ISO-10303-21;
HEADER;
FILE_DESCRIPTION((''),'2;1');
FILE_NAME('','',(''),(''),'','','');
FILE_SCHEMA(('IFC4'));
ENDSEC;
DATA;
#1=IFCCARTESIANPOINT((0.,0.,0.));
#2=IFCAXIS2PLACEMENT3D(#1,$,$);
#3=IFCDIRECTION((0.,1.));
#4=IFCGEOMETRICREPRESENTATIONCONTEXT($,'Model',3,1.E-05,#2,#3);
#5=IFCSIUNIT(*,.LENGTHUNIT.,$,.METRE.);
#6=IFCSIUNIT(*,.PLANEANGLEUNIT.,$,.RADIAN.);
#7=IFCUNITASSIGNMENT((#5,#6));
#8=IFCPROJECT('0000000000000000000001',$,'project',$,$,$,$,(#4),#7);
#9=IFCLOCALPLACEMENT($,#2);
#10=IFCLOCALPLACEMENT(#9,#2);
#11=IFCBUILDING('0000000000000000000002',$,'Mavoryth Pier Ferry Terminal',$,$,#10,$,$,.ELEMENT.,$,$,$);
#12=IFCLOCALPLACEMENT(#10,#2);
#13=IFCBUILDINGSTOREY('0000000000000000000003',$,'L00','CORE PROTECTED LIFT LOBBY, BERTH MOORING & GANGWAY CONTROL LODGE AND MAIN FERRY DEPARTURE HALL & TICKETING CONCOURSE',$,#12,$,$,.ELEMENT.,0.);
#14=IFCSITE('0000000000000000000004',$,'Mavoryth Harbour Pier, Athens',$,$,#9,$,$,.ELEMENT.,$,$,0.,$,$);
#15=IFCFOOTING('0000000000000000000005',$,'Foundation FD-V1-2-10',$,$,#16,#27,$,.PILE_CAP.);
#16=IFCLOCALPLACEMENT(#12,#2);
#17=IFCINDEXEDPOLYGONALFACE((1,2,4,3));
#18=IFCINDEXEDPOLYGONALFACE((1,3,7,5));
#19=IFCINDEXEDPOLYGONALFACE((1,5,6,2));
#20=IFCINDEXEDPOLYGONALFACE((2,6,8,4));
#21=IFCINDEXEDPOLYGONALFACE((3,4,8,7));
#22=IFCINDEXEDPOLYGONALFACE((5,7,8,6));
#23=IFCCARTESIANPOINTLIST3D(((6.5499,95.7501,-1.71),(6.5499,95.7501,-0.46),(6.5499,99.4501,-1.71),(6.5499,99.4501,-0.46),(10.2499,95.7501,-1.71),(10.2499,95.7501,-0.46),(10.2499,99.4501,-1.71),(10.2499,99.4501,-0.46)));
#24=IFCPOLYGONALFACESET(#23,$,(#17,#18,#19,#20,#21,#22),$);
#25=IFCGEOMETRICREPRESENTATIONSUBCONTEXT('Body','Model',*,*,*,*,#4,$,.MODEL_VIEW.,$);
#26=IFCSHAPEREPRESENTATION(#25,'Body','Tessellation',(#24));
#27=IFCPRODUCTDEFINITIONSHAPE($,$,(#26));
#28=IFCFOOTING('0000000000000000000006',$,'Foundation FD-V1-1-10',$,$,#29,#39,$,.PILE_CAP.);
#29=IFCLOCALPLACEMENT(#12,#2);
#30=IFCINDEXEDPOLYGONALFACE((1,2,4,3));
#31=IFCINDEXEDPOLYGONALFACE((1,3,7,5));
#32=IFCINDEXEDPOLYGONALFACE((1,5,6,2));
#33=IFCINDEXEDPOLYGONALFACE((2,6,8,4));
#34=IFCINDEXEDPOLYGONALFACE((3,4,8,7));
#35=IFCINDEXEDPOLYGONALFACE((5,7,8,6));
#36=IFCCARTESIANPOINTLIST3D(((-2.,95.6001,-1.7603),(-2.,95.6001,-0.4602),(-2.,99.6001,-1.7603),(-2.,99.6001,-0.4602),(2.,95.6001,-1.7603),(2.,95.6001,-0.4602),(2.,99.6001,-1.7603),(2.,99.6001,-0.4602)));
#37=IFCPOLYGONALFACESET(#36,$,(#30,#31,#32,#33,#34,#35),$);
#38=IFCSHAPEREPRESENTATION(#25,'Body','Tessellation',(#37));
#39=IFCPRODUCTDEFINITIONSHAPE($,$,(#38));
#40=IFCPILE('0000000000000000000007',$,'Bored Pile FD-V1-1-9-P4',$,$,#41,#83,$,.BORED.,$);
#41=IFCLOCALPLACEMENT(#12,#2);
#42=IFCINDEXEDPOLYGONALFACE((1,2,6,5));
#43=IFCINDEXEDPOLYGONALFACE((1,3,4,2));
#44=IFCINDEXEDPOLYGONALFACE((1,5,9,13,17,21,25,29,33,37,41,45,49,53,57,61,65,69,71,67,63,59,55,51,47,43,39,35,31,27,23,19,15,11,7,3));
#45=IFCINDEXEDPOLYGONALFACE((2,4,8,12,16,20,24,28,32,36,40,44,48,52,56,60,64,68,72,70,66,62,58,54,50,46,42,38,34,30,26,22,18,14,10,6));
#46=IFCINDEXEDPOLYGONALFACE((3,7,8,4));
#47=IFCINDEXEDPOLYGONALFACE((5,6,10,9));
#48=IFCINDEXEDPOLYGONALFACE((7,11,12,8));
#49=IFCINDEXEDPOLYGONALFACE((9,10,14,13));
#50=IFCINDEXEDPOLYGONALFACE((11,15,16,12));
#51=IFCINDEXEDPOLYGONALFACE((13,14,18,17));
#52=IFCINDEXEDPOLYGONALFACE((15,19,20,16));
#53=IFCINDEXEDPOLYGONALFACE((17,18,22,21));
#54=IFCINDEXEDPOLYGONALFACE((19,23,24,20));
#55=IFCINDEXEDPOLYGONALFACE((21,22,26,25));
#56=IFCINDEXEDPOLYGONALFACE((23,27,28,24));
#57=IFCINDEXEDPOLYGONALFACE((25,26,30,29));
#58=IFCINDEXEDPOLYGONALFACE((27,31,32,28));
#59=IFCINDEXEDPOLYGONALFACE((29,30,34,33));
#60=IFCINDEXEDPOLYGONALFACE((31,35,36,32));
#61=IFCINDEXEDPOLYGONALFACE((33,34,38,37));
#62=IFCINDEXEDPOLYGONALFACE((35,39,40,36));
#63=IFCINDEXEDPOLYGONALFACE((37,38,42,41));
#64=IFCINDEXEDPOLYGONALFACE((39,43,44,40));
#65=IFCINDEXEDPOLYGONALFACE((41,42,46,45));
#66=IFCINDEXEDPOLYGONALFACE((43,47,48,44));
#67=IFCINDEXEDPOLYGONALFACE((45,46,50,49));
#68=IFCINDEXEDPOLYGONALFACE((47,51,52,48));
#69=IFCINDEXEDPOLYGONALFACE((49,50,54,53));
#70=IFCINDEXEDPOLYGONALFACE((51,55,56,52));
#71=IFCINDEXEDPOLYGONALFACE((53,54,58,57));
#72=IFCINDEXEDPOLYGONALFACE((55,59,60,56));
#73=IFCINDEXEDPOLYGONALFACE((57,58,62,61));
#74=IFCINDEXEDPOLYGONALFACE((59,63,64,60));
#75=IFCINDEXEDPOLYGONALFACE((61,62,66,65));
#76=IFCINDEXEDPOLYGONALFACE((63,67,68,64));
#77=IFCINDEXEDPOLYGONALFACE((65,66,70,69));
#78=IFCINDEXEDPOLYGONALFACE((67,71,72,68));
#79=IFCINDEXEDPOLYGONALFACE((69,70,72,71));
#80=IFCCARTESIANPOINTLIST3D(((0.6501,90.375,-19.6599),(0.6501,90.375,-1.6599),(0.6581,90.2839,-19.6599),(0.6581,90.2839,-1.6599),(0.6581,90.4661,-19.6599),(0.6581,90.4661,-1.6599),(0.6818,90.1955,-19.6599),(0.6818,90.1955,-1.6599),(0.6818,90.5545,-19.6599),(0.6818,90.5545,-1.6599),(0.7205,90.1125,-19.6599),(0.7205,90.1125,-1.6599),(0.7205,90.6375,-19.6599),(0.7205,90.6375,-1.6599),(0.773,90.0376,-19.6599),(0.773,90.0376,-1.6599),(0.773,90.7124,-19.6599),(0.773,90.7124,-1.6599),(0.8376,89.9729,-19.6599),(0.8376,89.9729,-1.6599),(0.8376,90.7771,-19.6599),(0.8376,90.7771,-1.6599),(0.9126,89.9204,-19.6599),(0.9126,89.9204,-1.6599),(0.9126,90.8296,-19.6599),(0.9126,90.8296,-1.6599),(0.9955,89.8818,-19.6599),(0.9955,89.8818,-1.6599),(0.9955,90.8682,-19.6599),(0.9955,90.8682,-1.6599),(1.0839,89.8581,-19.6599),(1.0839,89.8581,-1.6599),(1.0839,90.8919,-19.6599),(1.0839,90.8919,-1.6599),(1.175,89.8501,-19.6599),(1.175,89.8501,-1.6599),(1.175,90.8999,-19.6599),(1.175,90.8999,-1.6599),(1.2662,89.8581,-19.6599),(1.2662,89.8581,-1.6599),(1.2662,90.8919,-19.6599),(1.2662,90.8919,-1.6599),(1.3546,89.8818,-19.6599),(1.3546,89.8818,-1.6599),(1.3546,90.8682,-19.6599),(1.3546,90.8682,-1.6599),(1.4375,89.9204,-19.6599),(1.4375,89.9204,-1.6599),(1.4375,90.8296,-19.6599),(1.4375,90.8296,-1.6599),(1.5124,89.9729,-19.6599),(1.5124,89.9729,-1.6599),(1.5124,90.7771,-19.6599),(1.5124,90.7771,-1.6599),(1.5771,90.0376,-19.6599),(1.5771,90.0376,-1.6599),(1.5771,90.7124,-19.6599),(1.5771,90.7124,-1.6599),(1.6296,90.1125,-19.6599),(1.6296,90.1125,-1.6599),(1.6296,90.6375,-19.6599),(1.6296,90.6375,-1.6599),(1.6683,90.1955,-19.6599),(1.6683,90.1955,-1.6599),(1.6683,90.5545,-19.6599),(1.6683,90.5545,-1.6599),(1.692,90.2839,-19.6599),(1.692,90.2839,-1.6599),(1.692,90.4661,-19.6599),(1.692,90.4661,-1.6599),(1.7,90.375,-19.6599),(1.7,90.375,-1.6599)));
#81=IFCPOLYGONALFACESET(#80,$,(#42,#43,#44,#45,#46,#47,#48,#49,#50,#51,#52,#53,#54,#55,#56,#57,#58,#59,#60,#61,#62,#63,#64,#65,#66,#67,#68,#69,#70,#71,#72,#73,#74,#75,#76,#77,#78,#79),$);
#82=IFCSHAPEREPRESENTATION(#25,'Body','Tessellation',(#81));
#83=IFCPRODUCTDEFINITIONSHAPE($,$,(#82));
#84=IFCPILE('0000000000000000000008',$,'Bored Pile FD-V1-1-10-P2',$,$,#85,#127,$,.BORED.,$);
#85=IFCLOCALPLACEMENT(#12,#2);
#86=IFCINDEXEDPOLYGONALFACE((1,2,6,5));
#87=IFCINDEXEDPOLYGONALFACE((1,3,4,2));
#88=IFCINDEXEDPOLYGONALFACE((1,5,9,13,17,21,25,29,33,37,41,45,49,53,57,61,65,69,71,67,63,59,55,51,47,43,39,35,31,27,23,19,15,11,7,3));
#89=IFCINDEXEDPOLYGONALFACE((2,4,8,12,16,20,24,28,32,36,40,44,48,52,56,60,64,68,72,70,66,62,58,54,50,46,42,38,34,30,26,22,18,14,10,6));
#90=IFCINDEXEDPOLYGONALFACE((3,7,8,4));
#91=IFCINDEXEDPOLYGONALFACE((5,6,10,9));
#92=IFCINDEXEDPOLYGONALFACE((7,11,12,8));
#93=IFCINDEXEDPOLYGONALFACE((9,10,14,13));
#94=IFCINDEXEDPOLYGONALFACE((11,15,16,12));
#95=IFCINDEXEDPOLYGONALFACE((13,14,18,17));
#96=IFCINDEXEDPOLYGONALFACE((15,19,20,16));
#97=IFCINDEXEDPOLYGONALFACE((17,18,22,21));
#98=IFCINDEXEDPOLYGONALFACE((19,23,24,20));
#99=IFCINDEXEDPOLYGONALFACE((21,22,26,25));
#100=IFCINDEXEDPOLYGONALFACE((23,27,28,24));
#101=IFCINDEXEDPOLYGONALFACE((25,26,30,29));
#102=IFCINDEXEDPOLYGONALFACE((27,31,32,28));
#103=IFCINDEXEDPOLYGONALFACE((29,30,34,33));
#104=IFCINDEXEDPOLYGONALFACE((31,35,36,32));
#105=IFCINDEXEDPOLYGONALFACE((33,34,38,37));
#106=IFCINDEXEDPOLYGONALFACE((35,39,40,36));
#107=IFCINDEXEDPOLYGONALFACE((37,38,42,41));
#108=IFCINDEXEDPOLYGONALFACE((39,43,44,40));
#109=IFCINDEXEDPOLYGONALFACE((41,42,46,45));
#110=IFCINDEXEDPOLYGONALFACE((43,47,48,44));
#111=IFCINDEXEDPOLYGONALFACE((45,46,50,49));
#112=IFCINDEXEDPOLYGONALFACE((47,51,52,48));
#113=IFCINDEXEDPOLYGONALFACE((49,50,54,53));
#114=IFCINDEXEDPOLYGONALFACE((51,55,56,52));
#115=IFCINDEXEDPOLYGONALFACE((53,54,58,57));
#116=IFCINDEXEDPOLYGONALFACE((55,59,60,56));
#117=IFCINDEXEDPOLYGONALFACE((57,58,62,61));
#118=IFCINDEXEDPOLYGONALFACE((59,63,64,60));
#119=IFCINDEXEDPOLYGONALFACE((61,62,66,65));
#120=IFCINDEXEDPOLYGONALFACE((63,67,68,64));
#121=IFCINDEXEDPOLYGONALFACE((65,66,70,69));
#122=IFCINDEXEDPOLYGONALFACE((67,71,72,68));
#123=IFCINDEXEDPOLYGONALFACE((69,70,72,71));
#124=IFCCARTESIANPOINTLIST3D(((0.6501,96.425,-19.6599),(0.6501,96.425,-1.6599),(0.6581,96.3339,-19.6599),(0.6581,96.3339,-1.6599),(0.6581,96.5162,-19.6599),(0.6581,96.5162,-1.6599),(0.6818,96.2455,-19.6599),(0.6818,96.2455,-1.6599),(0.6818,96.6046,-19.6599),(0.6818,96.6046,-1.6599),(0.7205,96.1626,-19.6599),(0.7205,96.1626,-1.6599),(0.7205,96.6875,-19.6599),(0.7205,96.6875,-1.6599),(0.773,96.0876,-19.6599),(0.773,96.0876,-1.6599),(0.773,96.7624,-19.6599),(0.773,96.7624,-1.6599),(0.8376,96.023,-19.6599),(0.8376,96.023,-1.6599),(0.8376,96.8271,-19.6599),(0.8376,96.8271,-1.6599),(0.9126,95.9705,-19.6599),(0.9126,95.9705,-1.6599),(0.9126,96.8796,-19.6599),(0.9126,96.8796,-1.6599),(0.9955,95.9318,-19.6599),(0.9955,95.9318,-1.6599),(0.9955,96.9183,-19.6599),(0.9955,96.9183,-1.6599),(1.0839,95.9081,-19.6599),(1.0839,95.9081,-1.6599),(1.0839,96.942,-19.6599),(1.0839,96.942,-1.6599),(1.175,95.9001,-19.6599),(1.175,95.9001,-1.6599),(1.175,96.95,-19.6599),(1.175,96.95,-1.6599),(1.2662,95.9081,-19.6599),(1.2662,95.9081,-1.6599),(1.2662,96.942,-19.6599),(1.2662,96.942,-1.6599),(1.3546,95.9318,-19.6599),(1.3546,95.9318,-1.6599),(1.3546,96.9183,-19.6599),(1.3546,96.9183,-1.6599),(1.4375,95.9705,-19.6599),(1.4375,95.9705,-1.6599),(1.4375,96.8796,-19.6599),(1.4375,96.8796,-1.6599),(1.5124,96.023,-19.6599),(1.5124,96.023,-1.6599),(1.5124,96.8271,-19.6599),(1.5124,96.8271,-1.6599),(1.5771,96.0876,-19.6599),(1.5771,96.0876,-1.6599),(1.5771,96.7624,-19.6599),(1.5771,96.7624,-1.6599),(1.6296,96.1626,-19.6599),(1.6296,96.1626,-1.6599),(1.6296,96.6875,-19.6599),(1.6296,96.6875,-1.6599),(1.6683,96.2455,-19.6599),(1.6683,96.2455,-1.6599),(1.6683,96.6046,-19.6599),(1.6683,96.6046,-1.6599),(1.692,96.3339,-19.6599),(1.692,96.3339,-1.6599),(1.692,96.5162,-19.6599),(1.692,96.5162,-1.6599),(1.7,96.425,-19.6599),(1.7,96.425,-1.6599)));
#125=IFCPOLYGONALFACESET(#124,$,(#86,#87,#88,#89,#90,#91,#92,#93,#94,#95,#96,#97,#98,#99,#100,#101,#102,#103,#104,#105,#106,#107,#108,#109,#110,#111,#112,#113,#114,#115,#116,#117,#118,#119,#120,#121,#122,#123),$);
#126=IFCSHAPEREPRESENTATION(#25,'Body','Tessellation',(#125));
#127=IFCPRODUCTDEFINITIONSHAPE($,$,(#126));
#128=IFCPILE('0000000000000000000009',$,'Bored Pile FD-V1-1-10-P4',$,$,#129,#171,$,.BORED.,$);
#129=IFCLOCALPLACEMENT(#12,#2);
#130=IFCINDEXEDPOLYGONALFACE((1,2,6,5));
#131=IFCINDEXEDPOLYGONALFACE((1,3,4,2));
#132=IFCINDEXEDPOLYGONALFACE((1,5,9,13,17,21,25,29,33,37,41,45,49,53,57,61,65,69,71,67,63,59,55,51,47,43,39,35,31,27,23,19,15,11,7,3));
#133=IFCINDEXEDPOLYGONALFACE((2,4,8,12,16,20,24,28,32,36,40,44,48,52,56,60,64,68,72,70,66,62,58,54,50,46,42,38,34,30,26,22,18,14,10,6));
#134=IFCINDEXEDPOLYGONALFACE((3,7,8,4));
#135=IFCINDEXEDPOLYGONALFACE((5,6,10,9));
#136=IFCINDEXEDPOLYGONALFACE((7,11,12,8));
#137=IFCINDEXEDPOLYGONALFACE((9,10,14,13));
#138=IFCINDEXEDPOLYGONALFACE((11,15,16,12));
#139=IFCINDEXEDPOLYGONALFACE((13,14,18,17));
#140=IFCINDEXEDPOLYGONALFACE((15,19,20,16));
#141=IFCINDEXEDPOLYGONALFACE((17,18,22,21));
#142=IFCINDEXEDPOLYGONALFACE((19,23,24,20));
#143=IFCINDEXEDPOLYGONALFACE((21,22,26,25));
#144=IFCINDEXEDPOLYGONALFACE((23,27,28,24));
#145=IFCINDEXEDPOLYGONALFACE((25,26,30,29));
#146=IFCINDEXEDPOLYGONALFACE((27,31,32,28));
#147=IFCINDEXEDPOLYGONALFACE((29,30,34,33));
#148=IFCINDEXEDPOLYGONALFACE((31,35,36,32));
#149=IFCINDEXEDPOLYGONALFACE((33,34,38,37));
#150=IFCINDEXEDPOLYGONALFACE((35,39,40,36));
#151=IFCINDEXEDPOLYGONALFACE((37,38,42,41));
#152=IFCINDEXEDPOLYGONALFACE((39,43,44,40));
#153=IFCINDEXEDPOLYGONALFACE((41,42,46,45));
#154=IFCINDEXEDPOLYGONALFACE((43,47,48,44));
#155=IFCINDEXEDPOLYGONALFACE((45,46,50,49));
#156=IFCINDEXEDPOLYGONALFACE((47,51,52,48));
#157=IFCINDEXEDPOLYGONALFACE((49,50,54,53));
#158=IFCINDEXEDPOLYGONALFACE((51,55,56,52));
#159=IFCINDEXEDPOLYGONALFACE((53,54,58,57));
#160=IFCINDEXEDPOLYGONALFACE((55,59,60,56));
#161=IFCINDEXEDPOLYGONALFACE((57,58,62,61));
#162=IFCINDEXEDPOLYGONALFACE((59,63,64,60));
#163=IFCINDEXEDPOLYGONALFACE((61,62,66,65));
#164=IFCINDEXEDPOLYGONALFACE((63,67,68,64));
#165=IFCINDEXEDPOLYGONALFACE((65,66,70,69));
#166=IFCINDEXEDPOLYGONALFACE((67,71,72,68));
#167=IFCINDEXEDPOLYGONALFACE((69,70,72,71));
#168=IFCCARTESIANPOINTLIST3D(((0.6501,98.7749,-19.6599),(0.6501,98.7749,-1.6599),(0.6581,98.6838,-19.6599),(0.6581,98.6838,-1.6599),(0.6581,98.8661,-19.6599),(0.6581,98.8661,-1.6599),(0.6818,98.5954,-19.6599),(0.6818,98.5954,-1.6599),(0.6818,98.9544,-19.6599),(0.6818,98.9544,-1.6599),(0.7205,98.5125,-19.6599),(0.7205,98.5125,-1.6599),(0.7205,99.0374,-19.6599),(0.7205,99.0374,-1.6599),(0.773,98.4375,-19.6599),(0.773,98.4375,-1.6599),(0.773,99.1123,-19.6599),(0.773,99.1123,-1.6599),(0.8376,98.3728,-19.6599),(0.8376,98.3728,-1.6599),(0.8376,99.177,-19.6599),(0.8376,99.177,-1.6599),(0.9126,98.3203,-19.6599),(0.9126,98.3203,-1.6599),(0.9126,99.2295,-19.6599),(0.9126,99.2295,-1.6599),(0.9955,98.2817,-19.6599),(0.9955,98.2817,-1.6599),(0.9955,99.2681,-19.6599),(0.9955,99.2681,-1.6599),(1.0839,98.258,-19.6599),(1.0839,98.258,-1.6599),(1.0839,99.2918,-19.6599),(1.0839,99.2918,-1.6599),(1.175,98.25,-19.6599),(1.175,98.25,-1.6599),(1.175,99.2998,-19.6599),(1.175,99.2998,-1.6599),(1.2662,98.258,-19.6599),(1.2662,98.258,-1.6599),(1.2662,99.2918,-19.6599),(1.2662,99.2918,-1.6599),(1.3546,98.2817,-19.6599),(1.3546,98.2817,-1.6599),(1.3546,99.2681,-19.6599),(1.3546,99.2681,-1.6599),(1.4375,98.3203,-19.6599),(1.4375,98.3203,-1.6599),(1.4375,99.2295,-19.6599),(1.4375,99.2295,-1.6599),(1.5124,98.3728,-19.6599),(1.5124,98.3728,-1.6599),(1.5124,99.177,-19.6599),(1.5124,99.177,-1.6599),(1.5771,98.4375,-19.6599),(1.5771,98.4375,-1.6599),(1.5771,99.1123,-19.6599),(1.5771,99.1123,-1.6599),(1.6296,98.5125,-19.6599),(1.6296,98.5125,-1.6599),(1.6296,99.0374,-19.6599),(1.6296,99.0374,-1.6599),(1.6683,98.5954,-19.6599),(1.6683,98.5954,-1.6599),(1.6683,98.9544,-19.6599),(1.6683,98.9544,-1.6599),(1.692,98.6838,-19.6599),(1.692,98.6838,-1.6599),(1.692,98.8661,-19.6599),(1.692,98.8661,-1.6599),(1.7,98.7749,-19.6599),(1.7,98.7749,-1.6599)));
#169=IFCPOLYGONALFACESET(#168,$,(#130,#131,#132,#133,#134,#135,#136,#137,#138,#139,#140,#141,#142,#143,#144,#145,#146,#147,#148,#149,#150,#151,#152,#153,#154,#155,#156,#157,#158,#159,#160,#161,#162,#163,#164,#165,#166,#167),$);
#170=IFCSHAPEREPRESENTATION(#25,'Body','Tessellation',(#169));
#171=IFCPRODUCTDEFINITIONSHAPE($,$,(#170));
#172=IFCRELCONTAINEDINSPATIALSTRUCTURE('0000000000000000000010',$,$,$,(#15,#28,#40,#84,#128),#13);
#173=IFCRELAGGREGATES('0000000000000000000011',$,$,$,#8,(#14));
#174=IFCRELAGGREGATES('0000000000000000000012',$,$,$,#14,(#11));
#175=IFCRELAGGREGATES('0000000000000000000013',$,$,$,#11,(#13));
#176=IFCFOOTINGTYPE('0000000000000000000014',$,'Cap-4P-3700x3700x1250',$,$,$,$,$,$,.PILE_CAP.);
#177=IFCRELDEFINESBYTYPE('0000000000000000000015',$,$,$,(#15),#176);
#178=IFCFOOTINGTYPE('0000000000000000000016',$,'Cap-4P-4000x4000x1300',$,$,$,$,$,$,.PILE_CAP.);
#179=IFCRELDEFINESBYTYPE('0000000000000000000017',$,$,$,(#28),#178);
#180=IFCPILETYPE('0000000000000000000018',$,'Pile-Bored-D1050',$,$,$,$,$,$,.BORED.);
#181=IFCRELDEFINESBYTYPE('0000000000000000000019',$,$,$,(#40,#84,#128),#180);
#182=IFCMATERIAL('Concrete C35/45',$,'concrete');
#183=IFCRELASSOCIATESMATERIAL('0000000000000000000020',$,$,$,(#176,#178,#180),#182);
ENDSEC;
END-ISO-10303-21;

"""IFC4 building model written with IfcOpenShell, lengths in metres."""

from ifc_helpers import new_model, si_unit, direction, frame, origin, origin_2d, place, context, subcontext, project, spatial, rectangle, circle, extrude, material, material_profile, profile_set, type_object, element, save


model = new_model("IFC4")

# Units and contexts
model_context = context("Model", 3, precision=1e-05, world=origin(), true_north=direction((0.0, 1.0)))
body_context = subcontext(model_context, "Body", "Model", "MODEL_VIEW")
ifc_project = project(units=[si_unit("LENGTHUNIT", "METRE"), si_unit("PLANEANGLEUNIT", "RADIAN")], contexts=[model_context])

# Site, building, storey
site_placement = place(None, origin())
site = spatial("IfcSite", under=ifc_project, at=site_placement, Name="Mavoryth Harbour Pier, Athens", CompositionType="ELEMENT", RefElevation=0.0)
building_placement = place(site_placement, origin())
building = spatial("IfcBuilding", under=site, at=building_placement, Name="Mavoryth Pier Ferry Terminal", CompositionType="ELEMENT")
storey_placement = place(building_placement, origin())
storey = spatial("IfcBuildingStorey", under=building, at=storey_placement, Name="L00", Description="CORE PROTECTED LIFT LOBBY, BERTH MOORING & GANGWAY CONTROL LODGE AND MAIN FERRY DEPARTURE HALL & TICKETING CONCOURSE", CompositionType="ELEMENT", Elevation=0.0)

# Footings
ifc_material_1 = material(Name="Concrete C35/45", Category="concrete")
footing_type_1 = type_object("IfcFootingType", Name="Cap-4P-3700x3700x1250", PredefinedType="PILE_CAP", material=ifc_material_1)
footing_1_placement = place(storey_placement, frame((8.3999, 97.6001, -1.71), z_axis=(0.0, 0.0, 1.0), x_axis=(1.0, 0.0, 0.0)))
element("IfcFooting", 1, at=footing_1_placement, inside=storey, type_object=footing_type_1, Name="Foundation FD-V1-2-10", PredefinedType="PILE_CAP", context=body_context, shape_type="SweptSolid", body=[
    extrude(rectangle(XDim=3.7, YDim=3.7, at=origin_2d()), origin(), (0.0, 0.0, 1.0), 1.25),
])
footing_type_2 = type_object("IfcFootingType", Name="Cap-4P-4000x4000x1300", PredefinedType="PILE_CAP", material=ifc_material_1)
footing_2_placement = place(storey_placement, frame((0.0, 97.6001, -1.7603), z_axis=(0.0, 0.0, 1.0), x_axis=(1.0, 0.0, 0.0)))
element("IfcFooting", 2, at=footing_2_placement, inside=storey, type_object=footing_type_2, Name="Foundation FD-V1-1-10", PredefinedType="PILE_CAP", context=body_context, shape_type="SweptSolid", body=[
    extrude(rectangle(XDim=4.0, YDim=4.0, at=origin_2d()), origin(), (0.0, 0.0, 1.0), 1.3),
])

# Piles
ifc_material_profile_1 = material_profile(ifc_material_1, circle(Radius=0.5249, at=origin_2d()), Name="PILE D1050", Category="concrete")
ifc_profile_set_1 = profile_set([ifc_material_profile_1], Name="Concrete C35/45 - PILE D1050")
pile_type_1 = type_object("IfcPileType", Name="Pile-Bored-D1050", PredefinedType="BORED", material=ifc_profile_set_1)
for number, where, z_axis, x_axis, name in (
    (3, (1.175, 90.375, -1.6599), (0.0, 0.0, -1.0), (1.0, 0.0, 0.0), "Bored Pile FD-V1-1-9-P4"),
    (4, (1.175, 96.425, -1.6599), (0.0, 0.0, -1.0), (1.0, 0.0, 0.0), "Bored Pile FD-V1-1-10-P2"),
    (5, (1.175, 98.7749, -1.6599), (0.0, 0.0, -1.0), (1.0, 0.0, 0.0), "Bored Pile FD-V1-1-10-P4"),
):
    element("IfcPile", number, at=place(storey_placement, frame(where, z_axis=z_axis, x_axis=x_axis)), inside=storey, type_object=pile_type_1, Name=name, PredefinedType="BORED", context=body_context, shape_type="SweptSolid", body=[
        extrude(circle(Radius=0.5249, at=origin_2d()), origin(), (0.0, 0.0, 1.0), 18.0),
    ])

save(model, "model.ifc")
